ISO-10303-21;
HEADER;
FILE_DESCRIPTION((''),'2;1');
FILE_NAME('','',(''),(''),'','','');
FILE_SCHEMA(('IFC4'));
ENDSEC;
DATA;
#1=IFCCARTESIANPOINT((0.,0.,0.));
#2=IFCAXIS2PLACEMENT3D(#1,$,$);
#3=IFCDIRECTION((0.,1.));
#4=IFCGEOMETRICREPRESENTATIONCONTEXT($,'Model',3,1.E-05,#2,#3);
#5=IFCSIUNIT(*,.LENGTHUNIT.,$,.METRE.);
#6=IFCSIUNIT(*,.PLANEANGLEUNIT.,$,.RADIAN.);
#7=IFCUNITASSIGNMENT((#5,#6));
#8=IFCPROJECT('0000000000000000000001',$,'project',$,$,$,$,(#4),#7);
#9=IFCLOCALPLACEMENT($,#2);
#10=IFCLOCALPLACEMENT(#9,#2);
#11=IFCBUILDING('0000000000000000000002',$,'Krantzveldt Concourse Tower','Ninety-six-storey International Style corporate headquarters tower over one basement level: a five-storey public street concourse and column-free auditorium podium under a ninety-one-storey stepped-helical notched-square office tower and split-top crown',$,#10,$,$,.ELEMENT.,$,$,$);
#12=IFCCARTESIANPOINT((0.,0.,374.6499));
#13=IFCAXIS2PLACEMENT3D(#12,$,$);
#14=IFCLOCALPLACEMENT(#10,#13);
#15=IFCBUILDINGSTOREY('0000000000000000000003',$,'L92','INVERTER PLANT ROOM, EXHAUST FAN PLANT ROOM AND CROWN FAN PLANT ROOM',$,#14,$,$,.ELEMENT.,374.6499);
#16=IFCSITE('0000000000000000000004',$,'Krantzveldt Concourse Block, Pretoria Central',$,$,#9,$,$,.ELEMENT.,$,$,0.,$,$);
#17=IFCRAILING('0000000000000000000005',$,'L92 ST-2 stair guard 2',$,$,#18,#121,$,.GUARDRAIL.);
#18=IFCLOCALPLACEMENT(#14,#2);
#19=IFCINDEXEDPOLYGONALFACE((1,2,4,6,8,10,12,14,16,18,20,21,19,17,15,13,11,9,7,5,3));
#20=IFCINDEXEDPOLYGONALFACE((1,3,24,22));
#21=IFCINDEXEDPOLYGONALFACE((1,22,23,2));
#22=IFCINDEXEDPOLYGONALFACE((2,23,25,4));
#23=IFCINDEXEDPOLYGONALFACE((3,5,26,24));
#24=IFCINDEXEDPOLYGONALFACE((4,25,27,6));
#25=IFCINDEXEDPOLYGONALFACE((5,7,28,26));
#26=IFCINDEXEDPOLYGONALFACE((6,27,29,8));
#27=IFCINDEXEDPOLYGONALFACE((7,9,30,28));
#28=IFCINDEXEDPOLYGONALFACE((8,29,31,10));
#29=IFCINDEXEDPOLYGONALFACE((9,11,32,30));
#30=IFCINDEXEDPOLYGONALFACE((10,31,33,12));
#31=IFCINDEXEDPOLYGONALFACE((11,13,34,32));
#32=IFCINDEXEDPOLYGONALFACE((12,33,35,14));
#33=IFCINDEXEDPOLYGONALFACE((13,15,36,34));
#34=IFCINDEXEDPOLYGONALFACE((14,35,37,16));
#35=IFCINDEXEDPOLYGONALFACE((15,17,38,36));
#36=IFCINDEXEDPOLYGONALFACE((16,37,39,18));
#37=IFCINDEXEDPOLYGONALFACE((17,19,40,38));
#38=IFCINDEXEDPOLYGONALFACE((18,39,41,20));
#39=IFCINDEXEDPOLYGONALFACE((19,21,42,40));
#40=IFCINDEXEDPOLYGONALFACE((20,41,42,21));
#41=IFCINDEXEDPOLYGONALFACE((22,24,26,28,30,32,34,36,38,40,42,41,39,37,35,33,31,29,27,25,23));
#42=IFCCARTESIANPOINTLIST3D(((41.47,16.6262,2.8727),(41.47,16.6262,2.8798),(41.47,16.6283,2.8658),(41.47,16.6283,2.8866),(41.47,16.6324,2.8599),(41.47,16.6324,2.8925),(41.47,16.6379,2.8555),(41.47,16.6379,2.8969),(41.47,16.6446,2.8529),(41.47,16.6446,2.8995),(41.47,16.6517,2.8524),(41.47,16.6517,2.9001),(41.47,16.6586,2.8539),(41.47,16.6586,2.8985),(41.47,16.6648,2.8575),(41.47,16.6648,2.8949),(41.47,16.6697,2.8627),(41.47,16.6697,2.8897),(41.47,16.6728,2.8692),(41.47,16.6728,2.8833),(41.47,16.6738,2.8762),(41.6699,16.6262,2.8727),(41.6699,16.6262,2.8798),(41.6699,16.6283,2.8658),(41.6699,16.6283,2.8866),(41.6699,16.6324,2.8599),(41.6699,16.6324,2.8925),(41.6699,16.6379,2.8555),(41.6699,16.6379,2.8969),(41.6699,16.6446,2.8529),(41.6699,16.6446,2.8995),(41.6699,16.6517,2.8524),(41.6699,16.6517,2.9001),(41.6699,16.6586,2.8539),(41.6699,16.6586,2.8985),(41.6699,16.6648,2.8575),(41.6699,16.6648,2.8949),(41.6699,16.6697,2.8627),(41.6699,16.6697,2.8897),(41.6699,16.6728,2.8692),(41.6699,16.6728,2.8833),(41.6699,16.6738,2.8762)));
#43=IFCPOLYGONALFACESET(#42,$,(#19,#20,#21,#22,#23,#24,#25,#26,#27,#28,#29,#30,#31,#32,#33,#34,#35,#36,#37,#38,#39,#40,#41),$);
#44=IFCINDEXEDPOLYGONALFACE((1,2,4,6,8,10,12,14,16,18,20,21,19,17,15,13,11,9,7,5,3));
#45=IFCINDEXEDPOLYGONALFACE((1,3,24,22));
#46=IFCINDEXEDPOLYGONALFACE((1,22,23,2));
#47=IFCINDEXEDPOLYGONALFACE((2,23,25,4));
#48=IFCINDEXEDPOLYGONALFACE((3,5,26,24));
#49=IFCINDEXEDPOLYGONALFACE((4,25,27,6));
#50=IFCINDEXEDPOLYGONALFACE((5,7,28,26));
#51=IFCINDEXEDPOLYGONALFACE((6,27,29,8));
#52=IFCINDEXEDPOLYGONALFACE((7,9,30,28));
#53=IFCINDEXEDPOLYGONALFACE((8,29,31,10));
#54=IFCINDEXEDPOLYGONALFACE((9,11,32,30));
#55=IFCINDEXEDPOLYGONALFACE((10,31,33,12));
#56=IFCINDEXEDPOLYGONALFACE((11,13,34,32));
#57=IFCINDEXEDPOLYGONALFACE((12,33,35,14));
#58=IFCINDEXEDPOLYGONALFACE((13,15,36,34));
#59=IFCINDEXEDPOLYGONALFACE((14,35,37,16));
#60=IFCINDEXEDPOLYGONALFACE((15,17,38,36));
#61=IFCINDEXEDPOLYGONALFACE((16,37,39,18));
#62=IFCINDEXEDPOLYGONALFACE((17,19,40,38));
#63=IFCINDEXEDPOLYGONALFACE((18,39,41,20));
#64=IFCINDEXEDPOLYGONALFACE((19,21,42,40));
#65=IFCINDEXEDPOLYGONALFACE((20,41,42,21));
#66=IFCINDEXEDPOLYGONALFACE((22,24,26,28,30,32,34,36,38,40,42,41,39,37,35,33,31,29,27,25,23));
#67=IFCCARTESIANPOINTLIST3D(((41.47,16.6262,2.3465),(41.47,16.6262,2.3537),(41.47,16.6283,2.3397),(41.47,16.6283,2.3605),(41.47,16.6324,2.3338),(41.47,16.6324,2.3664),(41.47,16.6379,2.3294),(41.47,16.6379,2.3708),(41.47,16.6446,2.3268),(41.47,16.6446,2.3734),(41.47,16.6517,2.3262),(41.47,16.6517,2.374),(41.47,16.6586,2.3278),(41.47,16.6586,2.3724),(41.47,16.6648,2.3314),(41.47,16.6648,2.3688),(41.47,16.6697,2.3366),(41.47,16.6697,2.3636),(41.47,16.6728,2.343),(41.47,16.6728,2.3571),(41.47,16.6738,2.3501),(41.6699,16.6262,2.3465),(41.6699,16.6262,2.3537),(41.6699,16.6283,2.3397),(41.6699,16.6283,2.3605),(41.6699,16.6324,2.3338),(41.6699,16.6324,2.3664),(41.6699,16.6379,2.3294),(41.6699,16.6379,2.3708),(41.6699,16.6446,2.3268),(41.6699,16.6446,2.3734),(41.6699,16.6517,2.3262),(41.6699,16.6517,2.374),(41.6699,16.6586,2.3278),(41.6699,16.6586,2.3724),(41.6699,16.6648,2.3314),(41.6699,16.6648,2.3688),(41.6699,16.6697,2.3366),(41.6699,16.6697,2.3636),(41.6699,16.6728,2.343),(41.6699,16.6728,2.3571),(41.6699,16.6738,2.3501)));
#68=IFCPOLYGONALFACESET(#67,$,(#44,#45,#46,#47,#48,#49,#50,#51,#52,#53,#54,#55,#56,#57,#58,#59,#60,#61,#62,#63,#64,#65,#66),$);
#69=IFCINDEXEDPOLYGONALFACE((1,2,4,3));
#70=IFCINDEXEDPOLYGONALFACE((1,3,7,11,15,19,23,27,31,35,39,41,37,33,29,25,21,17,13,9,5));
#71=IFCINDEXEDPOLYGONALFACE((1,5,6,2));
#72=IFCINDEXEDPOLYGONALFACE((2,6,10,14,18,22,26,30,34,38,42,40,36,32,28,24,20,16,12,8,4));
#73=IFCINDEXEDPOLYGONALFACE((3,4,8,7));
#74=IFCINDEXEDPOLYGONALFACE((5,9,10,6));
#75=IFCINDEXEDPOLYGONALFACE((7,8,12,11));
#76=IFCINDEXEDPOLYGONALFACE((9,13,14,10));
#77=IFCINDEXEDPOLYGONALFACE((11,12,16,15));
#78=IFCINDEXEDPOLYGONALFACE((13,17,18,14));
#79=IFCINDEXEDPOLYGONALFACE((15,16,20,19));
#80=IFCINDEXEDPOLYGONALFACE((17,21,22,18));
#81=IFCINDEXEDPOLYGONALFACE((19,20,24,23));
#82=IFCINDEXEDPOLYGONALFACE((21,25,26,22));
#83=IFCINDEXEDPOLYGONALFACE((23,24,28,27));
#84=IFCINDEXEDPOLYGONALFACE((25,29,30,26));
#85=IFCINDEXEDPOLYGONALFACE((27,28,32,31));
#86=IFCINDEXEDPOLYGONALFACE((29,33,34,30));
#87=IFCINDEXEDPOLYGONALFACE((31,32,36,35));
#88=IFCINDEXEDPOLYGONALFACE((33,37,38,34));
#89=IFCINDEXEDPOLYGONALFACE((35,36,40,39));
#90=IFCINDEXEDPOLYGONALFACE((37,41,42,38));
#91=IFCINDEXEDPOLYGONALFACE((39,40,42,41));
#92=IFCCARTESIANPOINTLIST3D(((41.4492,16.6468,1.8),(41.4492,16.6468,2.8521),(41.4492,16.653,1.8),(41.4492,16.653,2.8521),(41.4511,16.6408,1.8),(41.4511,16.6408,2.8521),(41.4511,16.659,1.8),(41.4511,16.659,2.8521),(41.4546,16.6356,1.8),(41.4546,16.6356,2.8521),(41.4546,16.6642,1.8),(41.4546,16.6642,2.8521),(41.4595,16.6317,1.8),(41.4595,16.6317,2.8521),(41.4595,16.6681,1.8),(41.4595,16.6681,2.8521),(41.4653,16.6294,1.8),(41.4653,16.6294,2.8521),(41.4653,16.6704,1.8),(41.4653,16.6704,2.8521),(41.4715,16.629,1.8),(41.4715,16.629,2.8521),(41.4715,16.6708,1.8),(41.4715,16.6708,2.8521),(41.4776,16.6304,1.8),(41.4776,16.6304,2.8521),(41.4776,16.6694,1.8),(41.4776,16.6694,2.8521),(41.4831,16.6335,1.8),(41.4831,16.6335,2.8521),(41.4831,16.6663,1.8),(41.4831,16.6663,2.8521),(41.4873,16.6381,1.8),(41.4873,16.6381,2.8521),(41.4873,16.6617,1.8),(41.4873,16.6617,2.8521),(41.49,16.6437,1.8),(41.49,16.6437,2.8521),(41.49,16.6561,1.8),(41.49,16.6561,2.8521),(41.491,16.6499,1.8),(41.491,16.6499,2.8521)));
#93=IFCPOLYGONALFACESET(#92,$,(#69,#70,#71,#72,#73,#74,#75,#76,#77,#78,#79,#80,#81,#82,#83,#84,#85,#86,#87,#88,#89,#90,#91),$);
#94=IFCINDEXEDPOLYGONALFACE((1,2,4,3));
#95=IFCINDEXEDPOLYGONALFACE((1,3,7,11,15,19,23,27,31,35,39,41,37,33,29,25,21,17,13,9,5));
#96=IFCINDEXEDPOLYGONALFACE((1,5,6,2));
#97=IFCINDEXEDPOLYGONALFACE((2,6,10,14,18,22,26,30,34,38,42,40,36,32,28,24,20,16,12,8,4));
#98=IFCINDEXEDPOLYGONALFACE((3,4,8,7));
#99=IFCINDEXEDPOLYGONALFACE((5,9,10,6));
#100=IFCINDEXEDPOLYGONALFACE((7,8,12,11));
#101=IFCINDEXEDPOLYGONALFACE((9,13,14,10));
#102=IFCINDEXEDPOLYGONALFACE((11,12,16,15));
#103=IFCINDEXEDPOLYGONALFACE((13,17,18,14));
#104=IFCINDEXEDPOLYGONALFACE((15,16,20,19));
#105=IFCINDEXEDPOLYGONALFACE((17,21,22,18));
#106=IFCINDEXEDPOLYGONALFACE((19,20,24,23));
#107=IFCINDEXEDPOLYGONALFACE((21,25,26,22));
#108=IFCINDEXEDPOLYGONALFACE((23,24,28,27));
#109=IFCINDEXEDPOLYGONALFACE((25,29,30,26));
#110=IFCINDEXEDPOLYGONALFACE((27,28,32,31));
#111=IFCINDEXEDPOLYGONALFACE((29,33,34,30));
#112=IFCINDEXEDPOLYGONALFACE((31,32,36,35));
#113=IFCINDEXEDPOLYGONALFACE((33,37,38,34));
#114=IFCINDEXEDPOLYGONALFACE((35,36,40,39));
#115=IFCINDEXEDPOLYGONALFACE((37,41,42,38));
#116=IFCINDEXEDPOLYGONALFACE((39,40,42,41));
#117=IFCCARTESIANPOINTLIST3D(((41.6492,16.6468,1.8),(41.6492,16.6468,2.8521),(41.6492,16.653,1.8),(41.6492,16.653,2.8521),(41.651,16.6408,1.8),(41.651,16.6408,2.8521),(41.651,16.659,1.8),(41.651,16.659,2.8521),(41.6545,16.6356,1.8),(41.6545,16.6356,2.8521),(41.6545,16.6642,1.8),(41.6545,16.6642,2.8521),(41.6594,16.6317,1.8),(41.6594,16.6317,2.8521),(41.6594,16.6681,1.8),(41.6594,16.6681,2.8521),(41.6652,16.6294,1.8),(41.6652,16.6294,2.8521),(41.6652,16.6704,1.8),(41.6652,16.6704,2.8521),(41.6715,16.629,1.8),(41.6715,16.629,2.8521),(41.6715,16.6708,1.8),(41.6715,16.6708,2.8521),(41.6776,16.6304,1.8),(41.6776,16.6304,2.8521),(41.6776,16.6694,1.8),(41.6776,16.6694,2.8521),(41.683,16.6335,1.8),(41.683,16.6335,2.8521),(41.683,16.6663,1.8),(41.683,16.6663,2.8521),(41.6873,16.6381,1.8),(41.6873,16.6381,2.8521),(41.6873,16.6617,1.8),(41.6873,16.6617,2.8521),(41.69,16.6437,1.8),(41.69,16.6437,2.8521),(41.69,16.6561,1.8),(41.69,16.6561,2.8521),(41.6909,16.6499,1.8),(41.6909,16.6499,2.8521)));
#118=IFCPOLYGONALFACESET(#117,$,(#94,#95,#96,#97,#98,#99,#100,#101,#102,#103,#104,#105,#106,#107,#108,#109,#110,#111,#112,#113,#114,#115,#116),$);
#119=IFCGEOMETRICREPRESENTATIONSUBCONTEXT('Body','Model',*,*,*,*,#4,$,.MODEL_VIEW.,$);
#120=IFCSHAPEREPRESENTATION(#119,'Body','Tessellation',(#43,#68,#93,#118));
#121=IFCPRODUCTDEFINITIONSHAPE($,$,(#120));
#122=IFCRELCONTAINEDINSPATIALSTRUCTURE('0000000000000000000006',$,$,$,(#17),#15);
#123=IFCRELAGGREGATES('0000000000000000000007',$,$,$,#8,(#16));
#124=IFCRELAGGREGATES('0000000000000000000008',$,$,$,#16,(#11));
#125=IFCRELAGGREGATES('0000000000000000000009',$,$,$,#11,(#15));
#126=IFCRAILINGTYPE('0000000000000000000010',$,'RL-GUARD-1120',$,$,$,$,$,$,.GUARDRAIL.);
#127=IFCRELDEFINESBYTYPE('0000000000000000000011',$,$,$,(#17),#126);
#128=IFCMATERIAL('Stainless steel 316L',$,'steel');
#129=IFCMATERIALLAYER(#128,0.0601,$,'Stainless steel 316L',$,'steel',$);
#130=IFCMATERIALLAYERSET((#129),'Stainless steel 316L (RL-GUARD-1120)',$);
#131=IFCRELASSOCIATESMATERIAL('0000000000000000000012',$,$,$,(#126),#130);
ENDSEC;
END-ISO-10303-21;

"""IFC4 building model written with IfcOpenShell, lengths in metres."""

from ifc_helpers import new_model, si_unit, direction, frame, origin, origin_2d, place, context, subcontext, project, spatial, circle, extrude, material, layer, layer_set, type_object, element, save


model = new_model("IFC4")

# Units and contexts
model_context = context("Model", 3, precision=1e-05, world=origin(), true_north=direction((0.0, 1.0)))
body_context = subcontext(model_context, "Body", "Model", "MODEL_VIEW")
ifc_project = project(units=[si_unit("LENGTHUNIT", "METRE"), si_unit("PLANEANGLEUNIT", "RADIAN")], contexts=[model_context])

# Site, building, storey
site_placement = place(None, origin())
site = spatial("IfcSite", under=ifc_project, at=site_placement, Name="Krantzveldt Concourse Block, Pretoria Central", CompositionType="ELEMENT", RefElevation=0.0)
building_placement = place(site_placement, origin())
building = spatial("IfcBuilding", under=site, at=building_placement, Name="Krantzveldt Concourse Tower", Description="Ninety-six-storey International Style corporate headquarters tower over one basement level: a five-storey public street concourse and column-free auditorium podium under a ninety-one-storey stepped-helical notched-square office tower and split-top crown", CompositionType="ELEMENT")
storey_placement = place(building_placement, frame((0.0, 0.0, 374.6499)))
storey = spatial("IfcBuildingStorey", under=building, at=storey_placement, Name="L92", Description="INVERTER PLANT ROOM, EXHAUST FAN PLANT ROOM AND CROWN FAN PLANT ROOM", CompositionType="ELEMENT", Elevation=374.6499)

# Shared definitions
ifc_material_1 = material(Name="Stainless steel 316L", Category="steel")

# Railing
ifc_layer_1 = layer(ifc_material_1, 0.0601, Name="Stainless steel 316L", Category="steel")
ifc_layer_set_1 = layer_set([ifc_layer_1], Name="Stainless steel 316L (RL-GUARD-1120)")
railing_type_1 = type_object("IfcRailingType", Name="RL-GUARD-1120", PredefinedType="GUARDRAIL", material=ifc_layer_set_1)
railing_1_placement = place(storey_placement, frame((41.47, 16.6499, 1.8)))
element("IfcRailing", 1, at=railing_1_placement, inside=storey, type_object=railing_type_1, Name="L92 ST-2 stair guard 2", PredefinedType="GUARDRAIL", context=body_context, shape_type="SweptSolid", body=[
    extrude(circle(Radius=0.0239, at=origin_2d()), frame((0.0, 0.0, 1.0762), z_axis=(1.0, 0.0, 0.0), x_axis=(0.0, 1.0, 0.0)), (0.0, 0.0, 1.0), 0.2),
    extrude(circle(Radius=0.0239, at=origin_2d()), frame((0.0, 0.0, 0.55), z_axis=(1.0, 0.0, 0.0), x_axis=(0.0, 1.0, 0.0)), (0.0, 0.0, 1.0), 0.2),
    extrude(circle(Radius=0.021, at=origin_2d()), origin(), (0.0, 0.0, 1.0), 1.052),
    extrude(circle(Radius=0.021, at=origin_2d()), frame((0.2, 0.0, 0.0)), (0.0, 0.0, 1.0), 1.052),
])

save(model, "model.ifc")
